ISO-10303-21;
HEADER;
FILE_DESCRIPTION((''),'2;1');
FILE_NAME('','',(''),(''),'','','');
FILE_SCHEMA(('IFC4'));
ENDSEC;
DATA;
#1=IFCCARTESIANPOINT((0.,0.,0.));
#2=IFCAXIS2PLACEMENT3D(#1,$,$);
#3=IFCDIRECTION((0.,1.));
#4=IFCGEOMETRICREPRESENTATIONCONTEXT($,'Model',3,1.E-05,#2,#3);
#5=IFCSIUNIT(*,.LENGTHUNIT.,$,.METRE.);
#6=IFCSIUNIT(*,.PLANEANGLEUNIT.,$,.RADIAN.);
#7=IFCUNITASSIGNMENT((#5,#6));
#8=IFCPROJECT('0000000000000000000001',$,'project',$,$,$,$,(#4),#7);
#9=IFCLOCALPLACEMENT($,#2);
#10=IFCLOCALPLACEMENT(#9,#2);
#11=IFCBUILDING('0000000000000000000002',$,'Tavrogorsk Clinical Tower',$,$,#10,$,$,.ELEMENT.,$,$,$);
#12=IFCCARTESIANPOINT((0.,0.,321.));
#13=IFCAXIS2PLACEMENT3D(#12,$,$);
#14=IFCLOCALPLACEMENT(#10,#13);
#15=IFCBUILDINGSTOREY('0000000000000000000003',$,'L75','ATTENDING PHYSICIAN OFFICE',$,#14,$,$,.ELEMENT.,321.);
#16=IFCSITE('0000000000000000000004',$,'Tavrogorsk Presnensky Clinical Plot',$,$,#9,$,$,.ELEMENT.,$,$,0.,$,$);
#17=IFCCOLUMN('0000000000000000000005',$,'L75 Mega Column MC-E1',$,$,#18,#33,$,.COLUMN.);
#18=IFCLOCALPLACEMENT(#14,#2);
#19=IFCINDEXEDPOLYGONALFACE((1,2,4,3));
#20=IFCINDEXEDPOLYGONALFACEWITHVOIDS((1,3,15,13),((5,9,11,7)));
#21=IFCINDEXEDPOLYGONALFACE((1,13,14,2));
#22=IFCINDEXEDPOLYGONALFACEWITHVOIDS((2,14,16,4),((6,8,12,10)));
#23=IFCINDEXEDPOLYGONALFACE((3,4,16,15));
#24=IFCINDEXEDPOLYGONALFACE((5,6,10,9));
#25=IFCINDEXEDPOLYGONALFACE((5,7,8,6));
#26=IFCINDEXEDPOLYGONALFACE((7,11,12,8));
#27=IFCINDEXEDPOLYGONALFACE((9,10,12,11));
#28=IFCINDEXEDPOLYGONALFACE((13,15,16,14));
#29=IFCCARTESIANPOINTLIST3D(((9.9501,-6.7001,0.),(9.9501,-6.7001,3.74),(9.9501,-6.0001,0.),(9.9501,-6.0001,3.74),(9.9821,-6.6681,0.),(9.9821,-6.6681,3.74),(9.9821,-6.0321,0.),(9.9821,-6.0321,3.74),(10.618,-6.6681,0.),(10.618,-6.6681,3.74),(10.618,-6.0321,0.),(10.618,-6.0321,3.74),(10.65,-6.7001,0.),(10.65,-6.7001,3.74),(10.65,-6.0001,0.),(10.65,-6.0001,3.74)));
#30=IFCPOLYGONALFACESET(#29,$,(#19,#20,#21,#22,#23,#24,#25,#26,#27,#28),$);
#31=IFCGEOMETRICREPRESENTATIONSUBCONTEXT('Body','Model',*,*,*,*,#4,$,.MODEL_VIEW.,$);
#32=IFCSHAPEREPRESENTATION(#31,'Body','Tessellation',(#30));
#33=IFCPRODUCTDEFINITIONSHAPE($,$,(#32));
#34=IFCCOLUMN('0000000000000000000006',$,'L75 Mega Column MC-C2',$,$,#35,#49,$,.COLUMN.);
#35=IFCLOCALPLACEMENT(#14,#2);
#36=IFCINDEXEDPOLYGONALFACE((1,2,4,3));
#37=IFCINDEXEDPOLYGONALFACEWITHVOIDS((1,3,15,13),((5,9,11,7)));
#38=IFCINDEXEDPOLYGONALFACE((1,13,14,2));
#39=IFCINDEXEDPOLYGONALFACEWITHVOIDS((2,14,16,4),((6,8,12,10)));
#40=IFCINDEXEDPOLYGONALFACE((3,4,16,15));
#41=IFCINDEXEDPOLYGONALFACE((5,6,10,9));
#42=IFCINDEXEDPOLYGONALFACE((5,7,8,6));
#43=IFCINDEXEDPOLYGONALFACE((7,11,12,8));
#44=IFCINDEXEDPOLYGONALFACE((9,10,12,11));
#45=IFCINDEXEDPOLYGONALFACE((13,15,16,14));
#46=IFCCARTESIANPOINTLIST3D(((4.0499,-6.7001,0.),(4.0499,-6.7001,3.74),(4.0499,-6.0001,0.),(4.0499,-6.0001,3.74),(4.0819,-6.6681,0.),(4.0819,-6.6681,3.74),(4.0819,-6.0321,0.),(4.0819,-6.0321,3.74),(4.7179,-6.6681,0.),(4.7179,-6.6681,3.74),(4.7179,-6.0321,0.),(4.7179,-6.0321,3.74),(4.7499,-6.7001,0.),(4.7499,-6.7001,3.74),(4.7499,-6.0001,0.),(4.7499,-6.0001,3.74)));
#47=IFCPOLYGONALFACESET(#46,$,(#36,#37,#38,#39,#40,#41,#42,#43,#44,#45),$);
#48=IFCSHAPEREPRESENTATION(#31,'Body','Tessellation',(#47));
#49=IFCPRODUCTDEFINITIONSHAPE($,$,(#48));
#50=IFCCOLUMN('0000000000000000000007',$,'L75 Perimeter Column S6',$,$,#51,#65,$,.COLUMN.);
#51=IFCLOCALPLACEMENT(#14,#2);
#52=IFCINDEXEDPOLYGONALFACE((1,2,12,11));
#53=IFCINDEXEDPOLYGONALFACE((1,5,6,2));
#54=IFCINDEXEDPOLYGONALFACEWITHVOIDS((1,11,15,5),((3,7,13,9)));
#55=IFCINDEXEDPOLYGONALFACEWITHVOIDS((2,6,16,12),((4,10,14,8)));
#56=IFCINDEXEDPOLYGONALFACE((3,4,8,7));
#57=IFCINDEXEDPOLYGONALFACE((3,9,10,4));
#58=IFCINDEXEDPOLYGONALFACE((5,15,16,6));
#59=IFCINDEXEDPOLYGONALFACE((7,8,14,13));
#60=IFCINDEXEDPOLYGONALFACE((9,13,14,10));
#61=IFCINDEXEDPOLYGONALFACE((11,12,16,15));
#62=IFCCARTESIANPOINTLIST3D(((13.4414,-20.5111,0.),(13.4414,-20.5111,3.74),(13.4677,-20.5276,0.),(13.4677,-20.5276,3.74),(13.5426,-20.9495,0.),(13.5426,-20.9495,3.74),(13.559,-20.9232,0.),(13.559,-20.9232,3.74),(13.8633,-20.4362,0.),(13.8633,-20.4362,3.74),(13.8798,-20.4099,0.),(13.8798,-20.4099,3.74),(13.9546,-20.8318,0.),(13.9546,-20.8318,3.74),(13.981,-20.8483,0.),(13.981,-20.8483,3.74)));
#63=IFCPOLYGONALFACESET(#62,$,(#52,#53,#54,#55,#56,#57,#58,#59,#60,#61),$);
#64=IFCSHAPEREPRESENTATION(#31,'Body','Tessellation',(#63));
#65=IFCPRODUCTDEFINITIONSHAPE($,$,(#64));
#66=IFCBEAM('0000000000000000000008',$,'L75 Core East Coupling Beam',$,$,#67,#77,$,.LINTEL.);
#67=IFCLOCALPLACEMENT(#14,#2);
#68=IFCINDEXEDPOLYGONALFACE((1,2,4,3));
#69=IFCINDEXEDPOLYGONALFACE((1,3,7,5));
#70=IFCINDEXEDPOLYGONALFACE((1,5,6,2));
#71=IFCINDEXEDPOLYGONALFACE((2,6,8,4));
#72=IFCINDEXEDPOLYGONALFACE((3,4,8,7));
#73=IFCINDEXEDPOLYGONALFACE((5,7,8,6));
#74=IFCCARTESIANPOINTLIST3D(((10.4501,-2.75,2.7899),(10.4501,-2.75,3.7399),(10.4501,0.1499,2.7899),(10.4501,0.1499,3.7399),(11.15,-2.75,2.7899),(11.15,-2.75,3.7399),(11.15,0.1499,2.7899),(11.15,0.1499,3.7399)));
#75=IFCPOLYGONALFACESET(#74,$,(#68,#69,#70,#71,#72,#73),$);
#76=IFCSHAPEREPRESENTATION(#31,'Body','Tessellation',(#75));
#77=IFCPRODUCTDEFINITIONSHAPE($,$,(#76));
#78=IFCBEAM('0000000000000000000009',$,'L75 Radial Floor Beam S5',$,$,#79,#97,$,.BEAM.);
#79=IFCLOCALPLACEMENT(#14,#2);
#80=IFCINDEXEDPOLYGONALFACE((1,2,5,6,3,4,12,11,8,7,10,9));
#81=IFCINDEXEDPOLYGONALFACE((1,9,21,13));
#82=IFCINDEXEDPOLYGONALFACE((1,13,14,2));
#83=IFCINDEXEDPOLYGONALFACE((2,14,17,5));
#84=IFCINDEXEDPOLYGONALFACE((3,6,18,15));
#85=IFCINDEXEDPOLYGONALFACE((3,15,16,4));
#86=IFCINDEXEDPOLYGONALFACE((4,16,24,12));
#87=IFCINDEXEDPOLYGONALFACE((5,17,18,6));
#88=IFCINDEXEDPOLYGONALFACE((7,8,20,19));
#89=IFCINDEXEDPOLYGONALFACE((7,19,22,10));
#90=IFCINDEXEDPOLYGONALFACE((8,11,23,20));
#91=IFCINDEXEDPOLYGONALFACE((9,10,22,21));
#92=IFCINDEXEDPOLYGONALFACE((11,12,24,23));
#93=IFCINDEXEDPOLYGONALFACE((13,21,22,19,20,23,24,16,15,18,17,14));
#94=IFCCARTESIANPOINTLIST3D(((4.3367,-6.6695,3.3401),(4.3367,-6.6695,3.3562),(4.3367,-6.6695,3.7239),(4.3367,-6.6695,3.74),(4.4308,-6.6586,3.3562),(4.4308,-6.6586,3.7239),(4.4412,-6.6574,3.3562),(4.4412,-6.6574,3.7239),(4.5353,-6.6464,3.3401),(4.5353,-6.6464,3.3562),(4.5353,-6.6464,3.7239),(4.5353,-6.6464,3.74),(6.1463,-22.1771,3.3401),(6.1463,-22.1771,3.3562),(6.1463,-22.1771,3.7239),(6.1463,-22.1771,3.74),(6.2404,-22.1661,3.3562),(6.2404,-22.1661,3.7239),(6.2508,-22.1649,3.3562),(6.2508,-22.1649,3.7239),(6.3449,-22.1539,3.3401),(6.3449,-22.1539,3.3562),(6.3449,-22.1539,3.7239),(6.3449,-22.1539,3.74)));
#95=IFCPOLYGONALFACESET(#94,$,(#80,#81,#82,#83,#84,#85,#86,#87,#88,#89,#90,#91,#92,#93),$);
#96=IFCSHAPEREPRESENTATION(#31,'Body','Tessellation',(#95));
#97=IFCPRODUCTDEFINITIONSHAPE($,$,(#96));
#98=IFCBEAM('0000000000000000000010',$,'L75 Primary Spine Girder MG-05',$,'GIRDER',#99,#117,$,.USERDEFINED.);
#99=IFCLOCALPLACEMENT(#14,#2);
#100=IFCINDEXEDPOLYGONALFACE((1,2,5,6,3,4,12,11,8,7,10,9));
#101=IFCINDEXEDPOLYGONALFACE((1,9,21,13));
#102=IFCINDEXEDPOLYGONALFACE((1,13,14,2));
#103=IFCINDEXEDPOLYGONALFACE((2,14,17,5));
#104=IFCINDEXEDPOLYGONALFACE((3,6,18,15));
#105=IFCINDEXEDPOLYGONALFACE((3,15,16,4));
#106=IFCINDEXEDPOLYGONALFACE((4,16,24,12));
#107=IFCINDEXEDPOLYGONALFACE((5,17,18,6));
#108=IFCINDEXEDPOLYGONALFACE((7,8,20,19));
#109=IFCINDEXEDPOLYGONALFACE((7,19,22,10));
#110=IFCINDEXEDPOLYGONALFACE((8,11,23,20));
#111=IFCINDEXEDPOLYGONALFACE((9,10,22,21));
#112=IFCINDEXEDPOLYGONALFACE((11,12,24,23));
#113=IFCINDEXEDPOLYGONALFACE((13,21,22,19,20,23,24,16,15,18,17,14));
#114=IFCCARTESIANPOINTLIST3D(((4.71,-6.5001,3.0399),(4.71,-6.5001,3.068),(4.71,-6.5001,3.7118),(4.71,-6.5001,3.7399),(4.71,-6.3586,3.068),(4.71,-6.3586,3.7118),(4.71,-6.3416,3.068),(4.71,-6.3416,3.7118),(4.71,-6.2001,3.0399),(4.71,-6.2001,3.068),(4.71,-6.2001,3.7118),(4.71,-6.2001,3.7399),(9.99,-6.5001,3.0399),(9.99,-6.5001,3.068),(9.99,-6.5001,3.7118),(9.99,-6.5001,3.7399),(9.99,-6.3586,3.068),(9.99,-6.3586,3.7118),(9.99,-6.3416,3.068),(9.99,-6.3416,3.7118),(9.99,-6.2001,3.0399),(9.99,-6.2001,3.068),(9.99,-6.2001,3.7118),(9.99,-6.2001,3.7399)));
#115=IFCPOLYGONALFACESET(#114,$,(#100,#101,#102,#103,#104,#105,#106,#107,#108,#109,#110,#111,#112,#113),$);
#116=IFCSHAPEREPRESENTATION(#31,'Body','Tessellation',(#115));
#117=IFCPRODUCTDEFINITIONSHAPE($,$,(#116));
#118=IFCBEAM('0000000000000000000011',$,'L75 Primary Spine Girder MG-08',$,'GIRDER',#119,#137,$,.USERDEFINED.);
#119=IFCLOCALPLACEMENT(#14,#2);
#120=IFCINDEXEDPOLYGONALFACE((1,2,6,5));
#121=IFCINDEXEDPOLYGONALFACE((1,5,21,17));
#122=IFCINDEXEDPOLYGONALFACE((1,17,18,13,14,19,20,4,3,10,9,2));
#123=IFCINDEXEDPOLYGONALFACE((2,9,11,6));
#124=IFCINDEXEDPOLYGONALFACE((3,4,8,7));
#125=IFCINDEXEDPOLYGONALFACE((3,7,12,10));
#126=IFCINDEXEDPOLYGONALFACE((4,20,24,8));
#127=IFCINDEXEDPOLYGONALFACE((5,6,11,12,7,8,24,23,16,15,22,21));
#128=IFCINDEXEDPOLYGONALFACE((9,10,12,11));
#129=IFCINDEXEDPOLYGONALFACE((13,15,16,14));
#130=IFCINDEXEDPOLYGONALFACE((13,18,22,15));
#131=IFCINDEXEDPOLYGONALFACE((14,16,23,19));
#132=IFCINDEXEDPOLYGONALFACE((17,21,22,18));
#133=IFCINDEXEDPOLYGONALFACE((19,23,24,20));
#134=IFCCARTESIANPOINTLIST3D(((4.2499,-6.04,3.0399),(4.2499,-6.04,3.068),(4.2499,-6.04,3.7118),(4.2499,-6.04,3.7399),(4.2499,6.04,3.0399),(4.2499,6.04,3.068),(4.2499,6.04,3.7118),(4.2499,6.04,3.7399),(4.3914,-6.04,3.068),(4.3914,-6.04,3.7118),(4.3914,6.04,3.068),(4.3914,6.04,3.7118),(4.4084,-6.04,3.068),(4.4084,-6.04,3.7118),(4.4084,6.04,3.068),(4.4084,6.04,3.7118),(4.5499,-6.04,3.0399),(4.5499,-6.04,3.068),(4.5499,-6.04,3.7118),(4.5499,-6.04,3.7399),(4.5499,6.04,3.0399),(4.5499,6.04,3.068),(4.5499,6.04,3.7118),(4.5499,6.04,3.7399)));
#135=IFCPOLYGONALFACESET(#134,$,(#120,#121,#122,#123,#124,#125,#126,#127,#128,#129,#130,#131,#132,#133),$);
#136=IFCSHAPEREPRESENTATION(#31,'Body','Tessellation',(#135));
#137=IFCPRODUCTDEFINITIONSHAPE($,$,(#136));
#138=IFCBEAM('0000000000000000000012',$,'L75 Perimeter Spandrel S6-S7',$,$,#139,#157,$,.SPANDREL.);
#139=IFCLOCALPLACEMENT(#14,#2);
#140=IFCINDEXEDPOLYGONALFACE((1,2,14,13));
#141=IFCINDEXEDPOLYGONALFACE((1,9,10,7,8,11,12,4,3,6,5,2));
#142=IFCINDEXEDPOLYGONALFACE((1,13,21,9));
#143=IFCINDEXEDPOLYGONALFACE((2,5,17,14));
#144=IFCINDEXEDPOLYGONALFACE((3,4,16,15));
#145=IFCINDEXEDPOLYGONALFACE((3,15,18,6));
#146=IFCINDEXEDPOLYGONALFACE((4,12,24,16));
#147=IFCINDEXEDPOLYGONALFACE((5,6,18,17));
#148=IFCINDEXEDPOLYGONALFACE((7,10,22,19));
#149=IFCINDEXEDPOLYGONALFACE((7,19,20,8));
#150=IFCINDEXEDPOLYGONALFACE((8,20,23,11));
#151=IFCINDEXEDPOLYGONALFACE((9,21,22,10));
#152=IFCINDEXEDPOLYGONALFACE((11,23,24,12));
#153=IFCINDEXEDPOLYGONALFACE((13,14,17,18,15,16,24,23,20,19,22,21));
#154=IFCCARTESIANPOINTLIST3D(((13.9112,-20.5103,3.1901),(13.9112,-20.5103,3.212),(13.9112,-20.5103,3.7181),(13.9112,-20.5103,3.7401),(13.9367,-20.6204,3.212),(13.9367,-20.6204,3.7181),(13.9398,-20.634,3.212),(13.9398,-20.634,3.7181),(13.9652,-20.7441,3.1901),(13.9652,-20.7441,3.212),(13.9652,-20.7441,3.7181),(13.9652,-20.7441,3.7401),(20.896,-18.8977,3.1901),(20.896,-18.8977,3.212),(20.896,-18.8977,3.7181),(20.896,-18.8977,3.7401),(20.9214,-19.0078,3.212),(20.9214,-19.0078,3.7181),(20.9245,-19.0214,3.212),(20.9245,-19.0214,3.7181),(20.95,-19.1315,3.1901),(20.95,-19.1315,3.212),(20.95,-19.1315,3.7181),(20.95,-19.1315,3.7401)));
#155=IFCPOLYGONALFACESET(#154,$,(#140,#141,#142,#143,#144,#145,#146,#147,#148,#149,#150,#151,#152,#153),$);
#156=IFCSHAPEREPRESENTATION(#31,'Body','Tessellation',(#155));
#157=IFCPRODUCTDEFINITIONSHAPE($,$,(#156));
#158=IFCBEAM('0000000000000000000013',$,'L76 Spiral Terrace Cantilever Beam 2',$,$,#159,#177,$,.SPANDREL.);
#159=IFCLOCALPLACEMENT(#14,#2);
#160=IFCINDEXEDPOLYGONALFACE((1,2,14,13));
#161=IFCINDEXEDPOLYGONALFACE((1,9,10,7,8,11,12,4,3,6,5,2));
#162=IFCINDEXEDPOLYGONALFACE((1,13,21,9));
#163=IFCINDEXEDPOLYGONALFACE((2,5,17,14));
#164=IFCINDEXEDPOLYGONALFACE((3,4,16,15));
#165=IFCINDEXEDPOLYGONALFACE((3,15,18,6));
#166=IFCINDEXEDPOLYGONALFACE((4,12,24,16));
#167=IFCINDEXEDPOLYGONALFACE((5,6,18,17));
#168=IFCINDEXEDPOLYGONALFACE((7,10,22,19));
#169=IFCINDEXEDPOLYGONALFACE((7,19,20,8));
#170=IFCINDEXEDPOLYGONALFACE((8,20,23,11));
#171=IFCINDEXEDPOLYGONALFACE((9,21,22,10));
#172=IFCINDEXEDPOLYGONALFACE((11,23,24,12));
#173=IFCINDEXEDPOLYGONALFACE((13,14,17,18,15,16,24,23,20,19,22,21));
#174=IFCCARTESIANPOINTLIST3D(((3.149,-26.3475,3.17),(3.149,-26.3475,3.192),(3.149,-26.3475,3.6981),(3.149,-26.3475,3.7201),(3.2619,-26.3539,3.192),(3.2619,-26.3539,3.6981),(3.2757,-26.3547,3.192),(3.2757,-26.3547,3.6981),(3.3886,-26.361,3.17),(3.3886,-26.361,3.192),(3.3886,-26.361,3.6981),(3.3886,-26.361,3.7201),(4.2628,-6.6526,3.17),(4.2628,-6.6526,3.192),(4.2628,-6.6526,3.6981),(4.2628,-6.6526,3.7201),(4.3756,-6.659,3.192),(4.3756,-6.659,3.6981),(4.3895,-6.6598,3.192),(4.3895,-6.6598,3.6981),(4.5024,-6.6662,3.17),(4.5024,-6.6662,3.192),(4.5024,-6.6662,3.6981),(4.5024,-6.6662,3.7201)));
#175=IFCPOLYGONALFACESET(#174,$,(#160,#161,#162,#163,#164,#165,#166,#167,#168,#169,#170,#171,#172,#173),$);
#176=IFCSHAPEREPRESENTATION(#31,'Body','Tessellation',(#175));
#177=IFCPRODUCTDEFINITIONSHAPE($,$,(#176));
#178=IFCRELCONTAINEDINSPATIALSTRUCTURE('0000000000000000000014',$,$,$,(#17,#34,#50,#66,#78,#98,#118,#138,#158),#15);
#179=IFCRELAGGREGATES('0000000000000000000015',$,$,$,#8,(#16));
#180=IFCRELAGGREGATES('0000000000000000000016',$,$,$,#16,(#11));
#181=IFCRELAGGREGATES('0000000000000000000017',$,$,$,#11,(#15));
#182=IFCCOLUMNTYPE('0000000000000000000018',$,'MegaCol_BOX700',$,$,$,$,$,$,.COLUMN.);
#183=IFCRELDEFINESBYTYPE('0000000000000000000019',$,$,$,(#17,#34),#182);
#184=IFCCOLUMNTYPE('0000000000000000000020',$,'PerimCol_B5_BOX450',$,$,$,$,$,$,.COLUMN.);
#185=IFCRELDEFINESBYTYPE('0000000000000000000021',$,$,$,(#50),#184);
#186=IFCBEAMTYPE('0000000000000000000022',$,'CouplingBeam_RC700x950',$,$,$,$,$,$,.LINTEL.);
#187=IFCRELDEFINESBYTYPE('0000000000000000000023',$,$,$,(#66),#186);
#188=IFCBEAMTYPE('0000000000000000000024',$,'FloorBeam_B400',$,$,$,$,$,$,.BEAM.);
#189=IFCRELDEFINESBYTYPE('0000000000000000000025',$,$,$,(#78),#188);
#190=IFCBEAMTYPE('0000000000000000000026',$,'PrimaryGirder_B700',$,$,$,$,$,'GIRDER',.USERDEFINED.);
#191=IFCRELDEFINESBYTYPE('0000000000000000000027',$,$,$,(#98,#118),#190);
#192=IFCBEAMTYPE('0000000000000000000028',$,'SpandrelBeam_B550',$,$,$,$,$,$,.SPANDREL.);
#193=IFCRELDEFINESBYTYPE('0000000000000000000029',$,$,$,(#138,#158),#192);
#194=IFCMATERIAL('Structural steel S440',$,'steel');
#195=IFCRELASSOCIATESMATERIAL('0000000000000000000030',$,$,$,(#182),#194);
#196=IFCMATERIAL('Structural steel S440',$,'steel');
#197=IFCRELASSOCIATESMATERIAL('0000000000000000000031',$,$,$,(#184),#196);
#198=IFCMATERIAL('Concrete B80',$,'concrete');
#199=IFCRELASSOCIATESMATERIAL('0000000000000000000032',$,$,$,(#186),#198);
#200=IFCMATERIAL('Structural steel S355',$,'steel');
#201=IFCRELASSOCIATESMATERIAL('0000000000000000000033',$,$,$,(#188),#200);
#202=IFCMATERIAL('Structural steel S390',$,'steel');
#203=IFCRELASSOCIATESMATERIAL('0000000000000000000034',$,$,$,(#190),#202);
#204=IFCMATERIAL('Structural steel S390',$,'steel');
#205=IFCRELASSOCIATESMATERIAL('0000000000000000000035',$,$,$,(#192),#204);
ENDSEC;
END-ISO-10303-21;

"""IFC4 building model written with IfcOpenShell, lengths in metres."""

from ifc_helpers import new_model, si_unit, direction, frame, origin, origin_2d, place, context, subcontext, project, spatial, rectangle, hollow_rectangle, i_section, extrude, material, material_profile, profile_set, type_object, element, save


model = new_model("IFC4")

# Units and contexts
model_context = context("Model", 3, precision=1e-05, world=origin(), true_north=direction((0.0, 1.0)))
body_context = subcontext(model_context, "Body", "Model", "MODEL_VIEW")
ifc_project = project(units=[si_unit("LENGTHUNIT", "METRE"), si_unit("PLANEANGLEUNIT", "RADIAN")], contexts=[model_context])

# Site, building, storey
site_placement = place(None, origin())
site = spatial("IfcSite", under=ifc_project, at=site_placement, Name="Tavrogorsk Presnensky Clinical Plot", CompositionType="ELEMENT", RefElevation=0.0)
building_placement = place(site_placement, origin())
building = spatial("IfcBuilding", under=site, at=building_placement, Name="Tavrogorsk Clinical Tower", CompositionType="ELEMENT")
storey_placement = place(building_placement, frame((0.0, 0.0, 321.0)))
storey = spatial("IfcBuildingStorey", under=building, at=storey_placement, Name="L75", Description="ATTENDING PHYSICIAN OFFICE", CompositionType="ELEMENT", Elevation=321.0)

# Columns
ifc_material_1 = material(Name="Structural steel S440", Category="steel")
ifc_material_profile_1 = material_profile(ifc_material_1, hollow_rectangle(XDim=0.7, YDim=0.7, WallThickness=0.032, at=origin_2d()), Name="BOX-700x700x32")
ifc_profile_set_1 = profile_set([ifc_material_profile_1], Name="Structural steel S440")
column_type_1 = type_object("IfcColumnType", Name="MegaCol_BOX700", PredefinedType="COLUMN", material=ifc_profile_set_1)
for number, where, z_axis, x_axis, name in (
    (1, (10.3, -6.3501, 0.0), (0.0, 0.0, 1.0), (1.0, 0.0, 0.0), "L75 Mega Column MC-E1"),
    (2, (4.3999, -6.3501, 0.0), (0.0, 0.0, 1.0), (1.0, 0.0, 0.0), "L75 Mega Column MC-C2"),
):
    element("IfcColumn", number, at=place(storey_placement, frame(where, z_axis=z_axis, x_axis=x_axis)), inside=storey, type_object=column_type_1, Name=name, PredefinedType="COLUMN", context=body_context, shape_type="SweptSolid", body=[
        extrude(hollow_rectangle(XDim=0.7, YDim=0.7, WallThickness=0.032, at=origin_2d()), origin(), (0.0, 0.0, 1.0), 3.74),
    ])
ifc_material_2 = material(Name="Structural steel S440", Category="steel")
ifc_material_profile_2 = material_profile(ifc_material_2, hollow_rectangle(XDim=0.45, YDim=0.45, WallThickness=0.022, at=origin_2d()), Name="BOX-450x450x22")
ifc_profile_set_2 = profile_set([ifc_material_profile_2], Name="Structural steel S440")
column_type_2 = type_object("IfcColumnType", Name="PerimCol_B5_BOX450", PredefinedType="COLUMN", material=ifc_profile_set_2)
column_placement = place(storey_placement, frame((13.7112, -20.6797, 0.0), z_axis=(0.0, 0.0, 1.0), x_axis=(0.97437, 0.224951, 0.0)))
element("IfcColumn", 3, at=column_placement, inside=storey, type_object=column_type_2, Name="L75 Perimeter Column S6", PredefinedType="COLUMN", context=body_context, shape_type="SweptSolid", body=[
    extrude(hollow_rectangle(XDim=0.45, YDim=0.45, WallThickness=0.022, at=origin_2d()), origin(), (0.0, 0.0, 1.0), 3.74),
])

# Beams
ifc_material_3 = material(Name="Concrete B80", Category="concrete")
ifc_material_profile_3 = material_profile(ifc_material_3, rectangle(XDim=0.7, YDim=0.95, at=origin_2d()), Name="RC-CB-700x950")
ifc_profile_set_3 = profile_set([ifc_material_profile_3], Name="Concrete B80")
beam_type_1 = type_object("IfcBeamType", Name="CouplingBeam_RC700x950", PredefinedType="LINTEL", material=ifc_profile_set_3)
beam_1_placement = place(storey_placement, frame((10.8, -2.75, 3.2649), z_axis=(0.0, 1.0, 0.0), x_axis=(-1.0, 0.0, 0.0)))
element("IfcBeam", 4, at=beam_1_placement, inside=storey, type_object=beam_type_1, Name="L75 Core East Coupling Beam", PredefinedType="LINTEL", context=body_context, shape_type="SweptSolid", body=[
    extrude(rectangle(XDim=0.7, YDim=0.95, at=origin_2d()), origin(), (0.0, 0.0, 1.0), 2.8999),
])
ifc_material_4 = material(Name="Structural steel S355", Category="steel")
ifc_material_profile_4 = material_profile(ifc_material_4, i_section(OverallWidth=0.2, OverallDepth=0.3999, WebThickness=0.0105, FlangeThickness=0.0161, at=origin_2d()), Name="B-400x200x10.5x16")
ifc_profile_set_4 = profile_set([ifc_material_profile_4], Name="Structural steel S355")
beam_type_2 = type_object("IfcBeamType", Name="FloorBeam_B400", PredefinedType="BEAM", material=ifc_profile_set_4)
beam_2_placement = place(storey_placement, frame((4.436, -6.658, 3.54), z_axis=(0.115903, -0.993261, 0.0), x_axis=(0.993261, 0.115903, 0.0)))
element("IfcBeam", 5, at=beam_2_placement, inside=storey, type_object=beam_type_2, Name="L75 Radial Floor Beam S5", PredefinedType="BEAM", context=body_context, shape_type="SweptSolid", body=[
    extrude(i_section(OverallWidth=0.2, OverallDepth=0.3999, WebThickness=0.0105, FlangeThickness=0.0161, at=origin_2d()), origin(), (0.0, 0.0, 1.0), 15.6128),
])
ifc_material_5 = material(Name="Structural steel S390", Category="steel")
ifc_material_profile_5 = material_profile(ifc_material_5, i_section(OverallWidth=0.3, OverallDepth=0.7, WebThickness=0.0171, FlangeThickness=0.0281, at=origin_2d()), Name="B-700x300x17x28")
ifc_profile_set_5 = profile_set([ifc_material_profile_5], Name="Structural steel S390")
beam_type_3 = type_object("IfcBeamType", Name="PrimaryGirder_B700", ElementType="GIRDER", PredefinedType="USERDEFINED", material=ifc_profile_set_5)
beam_3_placement = place(storey_placement, frame((4.71, -6.3501, 3.3899), z_axis=(1.0, 0.0, 0.0), x_axis=(0.0, 1.0, 0.0)))
element("IfcBeam", 6, at=beam_3_placement, inside=storey, type_object=beam_type_3, Name="L75 Primary Spine Girder MG-05", ObjectType="GIRDER", PredefinedType="USERDEFINED", context=body_context, shape_type="SweptSolid", body=[
    extrude(i_section(OverallWidth=0.3, OverallDepth=0.7, WebThickness=0.0171, FlangeThickness=0.0281, at=origin_2d()), origin(), (0.0, 0.0, 1.0), 5.28),
])
beam_4_placement = place(storey_placement, frame((4.3999, -6.04, 3.3899), z_axis=(0.0, 1.0, 0.0), x_axis=(-1.0, 0.0, 0.0)))
element("IfcBeam", 7, at=beam_4_placement, inside=storey, type_object=beam_type_3, Name="L75 Primary Spine Girder MG-08", ObjectType="GIRDER", PredefinedType="USERDEFINED", context=body_context, shape_type="SweptSolid", body=[
    extrude(i_section(OverallWidth=0.3, OverallDepth=0.7, WebThickness=0.0171, FlangeThickness=0.0281, at=origin_2d()), origin(), (0.0, 0.0, 1.0), 12.0801),
])
ifc_material_6 = material(Name="Structural steel S390", Category="steel")
ifc_material_profile_6 = material_profile(ifc_material_6, i_section(OverallWidth=0.24, OverallDepth=0.55, WebThickness=0.0139, FlangeThickness=0.022, at=origin_2d()), Name="B-550x240x14x22")
ifc_profile_set_6 = profile_set([ifc_material_profile_6], Name="Structural steel S390")
beam_type_4 = type_object("IfcBeamType", Name="SpandrelBeam_B550", PredefinedType="SPANDREL", material=ifc_profile_set_6)
beam_5_placement = place(storey_placement, frame((13.9382, -20.6272, 3.4651), z_axis=(0.974369, 0.224954, 0.0), x_axis=(-0.224954, 0.974369, 0.0)))
element("IfcBeam", 8, at=beam_5_placement, inside=storey, type_object=beam_type_4, Name="L75 Perimeter Spandrel S6-S7", PredefinedType="SPANDREL", context=body_context, shape_type="SweptSolid", body=[
    extrude(i_section(OverallWidth=0.24, OverallDepth=0.55, WebThickness=0.0139, FlangeThickness=0.022, at=origin_2d()), origin(), (0.0, 0.0, 1.0), 7.1685),
])
beam_6_placement = place(storey_placement, frame((4.3826, -6.6594, 3.4451), z_axis=(-0.056461, -0.998405, 0.0), x_axis=(0.998405, -0.056461, 0.0)))
element("IfcBeam", 9, at=beam_6_placement, inside=storey, type_object=beam_type_4, Name="L76 Spiral Terrace Cantilever Beam 2", PredefinedType="SPANDREL", context=body_context, shape_type="SweptSolid", body=[
    extrude(i_section(OverallWidth=0.24, OverallDepth=0.55, WebThickness=0.0139, FlangeThickness=0.022, at=origin_2d()), origin(), (0.0, 0.0, 1.0), 19.7263),
])

save(model, "model.ifc")
